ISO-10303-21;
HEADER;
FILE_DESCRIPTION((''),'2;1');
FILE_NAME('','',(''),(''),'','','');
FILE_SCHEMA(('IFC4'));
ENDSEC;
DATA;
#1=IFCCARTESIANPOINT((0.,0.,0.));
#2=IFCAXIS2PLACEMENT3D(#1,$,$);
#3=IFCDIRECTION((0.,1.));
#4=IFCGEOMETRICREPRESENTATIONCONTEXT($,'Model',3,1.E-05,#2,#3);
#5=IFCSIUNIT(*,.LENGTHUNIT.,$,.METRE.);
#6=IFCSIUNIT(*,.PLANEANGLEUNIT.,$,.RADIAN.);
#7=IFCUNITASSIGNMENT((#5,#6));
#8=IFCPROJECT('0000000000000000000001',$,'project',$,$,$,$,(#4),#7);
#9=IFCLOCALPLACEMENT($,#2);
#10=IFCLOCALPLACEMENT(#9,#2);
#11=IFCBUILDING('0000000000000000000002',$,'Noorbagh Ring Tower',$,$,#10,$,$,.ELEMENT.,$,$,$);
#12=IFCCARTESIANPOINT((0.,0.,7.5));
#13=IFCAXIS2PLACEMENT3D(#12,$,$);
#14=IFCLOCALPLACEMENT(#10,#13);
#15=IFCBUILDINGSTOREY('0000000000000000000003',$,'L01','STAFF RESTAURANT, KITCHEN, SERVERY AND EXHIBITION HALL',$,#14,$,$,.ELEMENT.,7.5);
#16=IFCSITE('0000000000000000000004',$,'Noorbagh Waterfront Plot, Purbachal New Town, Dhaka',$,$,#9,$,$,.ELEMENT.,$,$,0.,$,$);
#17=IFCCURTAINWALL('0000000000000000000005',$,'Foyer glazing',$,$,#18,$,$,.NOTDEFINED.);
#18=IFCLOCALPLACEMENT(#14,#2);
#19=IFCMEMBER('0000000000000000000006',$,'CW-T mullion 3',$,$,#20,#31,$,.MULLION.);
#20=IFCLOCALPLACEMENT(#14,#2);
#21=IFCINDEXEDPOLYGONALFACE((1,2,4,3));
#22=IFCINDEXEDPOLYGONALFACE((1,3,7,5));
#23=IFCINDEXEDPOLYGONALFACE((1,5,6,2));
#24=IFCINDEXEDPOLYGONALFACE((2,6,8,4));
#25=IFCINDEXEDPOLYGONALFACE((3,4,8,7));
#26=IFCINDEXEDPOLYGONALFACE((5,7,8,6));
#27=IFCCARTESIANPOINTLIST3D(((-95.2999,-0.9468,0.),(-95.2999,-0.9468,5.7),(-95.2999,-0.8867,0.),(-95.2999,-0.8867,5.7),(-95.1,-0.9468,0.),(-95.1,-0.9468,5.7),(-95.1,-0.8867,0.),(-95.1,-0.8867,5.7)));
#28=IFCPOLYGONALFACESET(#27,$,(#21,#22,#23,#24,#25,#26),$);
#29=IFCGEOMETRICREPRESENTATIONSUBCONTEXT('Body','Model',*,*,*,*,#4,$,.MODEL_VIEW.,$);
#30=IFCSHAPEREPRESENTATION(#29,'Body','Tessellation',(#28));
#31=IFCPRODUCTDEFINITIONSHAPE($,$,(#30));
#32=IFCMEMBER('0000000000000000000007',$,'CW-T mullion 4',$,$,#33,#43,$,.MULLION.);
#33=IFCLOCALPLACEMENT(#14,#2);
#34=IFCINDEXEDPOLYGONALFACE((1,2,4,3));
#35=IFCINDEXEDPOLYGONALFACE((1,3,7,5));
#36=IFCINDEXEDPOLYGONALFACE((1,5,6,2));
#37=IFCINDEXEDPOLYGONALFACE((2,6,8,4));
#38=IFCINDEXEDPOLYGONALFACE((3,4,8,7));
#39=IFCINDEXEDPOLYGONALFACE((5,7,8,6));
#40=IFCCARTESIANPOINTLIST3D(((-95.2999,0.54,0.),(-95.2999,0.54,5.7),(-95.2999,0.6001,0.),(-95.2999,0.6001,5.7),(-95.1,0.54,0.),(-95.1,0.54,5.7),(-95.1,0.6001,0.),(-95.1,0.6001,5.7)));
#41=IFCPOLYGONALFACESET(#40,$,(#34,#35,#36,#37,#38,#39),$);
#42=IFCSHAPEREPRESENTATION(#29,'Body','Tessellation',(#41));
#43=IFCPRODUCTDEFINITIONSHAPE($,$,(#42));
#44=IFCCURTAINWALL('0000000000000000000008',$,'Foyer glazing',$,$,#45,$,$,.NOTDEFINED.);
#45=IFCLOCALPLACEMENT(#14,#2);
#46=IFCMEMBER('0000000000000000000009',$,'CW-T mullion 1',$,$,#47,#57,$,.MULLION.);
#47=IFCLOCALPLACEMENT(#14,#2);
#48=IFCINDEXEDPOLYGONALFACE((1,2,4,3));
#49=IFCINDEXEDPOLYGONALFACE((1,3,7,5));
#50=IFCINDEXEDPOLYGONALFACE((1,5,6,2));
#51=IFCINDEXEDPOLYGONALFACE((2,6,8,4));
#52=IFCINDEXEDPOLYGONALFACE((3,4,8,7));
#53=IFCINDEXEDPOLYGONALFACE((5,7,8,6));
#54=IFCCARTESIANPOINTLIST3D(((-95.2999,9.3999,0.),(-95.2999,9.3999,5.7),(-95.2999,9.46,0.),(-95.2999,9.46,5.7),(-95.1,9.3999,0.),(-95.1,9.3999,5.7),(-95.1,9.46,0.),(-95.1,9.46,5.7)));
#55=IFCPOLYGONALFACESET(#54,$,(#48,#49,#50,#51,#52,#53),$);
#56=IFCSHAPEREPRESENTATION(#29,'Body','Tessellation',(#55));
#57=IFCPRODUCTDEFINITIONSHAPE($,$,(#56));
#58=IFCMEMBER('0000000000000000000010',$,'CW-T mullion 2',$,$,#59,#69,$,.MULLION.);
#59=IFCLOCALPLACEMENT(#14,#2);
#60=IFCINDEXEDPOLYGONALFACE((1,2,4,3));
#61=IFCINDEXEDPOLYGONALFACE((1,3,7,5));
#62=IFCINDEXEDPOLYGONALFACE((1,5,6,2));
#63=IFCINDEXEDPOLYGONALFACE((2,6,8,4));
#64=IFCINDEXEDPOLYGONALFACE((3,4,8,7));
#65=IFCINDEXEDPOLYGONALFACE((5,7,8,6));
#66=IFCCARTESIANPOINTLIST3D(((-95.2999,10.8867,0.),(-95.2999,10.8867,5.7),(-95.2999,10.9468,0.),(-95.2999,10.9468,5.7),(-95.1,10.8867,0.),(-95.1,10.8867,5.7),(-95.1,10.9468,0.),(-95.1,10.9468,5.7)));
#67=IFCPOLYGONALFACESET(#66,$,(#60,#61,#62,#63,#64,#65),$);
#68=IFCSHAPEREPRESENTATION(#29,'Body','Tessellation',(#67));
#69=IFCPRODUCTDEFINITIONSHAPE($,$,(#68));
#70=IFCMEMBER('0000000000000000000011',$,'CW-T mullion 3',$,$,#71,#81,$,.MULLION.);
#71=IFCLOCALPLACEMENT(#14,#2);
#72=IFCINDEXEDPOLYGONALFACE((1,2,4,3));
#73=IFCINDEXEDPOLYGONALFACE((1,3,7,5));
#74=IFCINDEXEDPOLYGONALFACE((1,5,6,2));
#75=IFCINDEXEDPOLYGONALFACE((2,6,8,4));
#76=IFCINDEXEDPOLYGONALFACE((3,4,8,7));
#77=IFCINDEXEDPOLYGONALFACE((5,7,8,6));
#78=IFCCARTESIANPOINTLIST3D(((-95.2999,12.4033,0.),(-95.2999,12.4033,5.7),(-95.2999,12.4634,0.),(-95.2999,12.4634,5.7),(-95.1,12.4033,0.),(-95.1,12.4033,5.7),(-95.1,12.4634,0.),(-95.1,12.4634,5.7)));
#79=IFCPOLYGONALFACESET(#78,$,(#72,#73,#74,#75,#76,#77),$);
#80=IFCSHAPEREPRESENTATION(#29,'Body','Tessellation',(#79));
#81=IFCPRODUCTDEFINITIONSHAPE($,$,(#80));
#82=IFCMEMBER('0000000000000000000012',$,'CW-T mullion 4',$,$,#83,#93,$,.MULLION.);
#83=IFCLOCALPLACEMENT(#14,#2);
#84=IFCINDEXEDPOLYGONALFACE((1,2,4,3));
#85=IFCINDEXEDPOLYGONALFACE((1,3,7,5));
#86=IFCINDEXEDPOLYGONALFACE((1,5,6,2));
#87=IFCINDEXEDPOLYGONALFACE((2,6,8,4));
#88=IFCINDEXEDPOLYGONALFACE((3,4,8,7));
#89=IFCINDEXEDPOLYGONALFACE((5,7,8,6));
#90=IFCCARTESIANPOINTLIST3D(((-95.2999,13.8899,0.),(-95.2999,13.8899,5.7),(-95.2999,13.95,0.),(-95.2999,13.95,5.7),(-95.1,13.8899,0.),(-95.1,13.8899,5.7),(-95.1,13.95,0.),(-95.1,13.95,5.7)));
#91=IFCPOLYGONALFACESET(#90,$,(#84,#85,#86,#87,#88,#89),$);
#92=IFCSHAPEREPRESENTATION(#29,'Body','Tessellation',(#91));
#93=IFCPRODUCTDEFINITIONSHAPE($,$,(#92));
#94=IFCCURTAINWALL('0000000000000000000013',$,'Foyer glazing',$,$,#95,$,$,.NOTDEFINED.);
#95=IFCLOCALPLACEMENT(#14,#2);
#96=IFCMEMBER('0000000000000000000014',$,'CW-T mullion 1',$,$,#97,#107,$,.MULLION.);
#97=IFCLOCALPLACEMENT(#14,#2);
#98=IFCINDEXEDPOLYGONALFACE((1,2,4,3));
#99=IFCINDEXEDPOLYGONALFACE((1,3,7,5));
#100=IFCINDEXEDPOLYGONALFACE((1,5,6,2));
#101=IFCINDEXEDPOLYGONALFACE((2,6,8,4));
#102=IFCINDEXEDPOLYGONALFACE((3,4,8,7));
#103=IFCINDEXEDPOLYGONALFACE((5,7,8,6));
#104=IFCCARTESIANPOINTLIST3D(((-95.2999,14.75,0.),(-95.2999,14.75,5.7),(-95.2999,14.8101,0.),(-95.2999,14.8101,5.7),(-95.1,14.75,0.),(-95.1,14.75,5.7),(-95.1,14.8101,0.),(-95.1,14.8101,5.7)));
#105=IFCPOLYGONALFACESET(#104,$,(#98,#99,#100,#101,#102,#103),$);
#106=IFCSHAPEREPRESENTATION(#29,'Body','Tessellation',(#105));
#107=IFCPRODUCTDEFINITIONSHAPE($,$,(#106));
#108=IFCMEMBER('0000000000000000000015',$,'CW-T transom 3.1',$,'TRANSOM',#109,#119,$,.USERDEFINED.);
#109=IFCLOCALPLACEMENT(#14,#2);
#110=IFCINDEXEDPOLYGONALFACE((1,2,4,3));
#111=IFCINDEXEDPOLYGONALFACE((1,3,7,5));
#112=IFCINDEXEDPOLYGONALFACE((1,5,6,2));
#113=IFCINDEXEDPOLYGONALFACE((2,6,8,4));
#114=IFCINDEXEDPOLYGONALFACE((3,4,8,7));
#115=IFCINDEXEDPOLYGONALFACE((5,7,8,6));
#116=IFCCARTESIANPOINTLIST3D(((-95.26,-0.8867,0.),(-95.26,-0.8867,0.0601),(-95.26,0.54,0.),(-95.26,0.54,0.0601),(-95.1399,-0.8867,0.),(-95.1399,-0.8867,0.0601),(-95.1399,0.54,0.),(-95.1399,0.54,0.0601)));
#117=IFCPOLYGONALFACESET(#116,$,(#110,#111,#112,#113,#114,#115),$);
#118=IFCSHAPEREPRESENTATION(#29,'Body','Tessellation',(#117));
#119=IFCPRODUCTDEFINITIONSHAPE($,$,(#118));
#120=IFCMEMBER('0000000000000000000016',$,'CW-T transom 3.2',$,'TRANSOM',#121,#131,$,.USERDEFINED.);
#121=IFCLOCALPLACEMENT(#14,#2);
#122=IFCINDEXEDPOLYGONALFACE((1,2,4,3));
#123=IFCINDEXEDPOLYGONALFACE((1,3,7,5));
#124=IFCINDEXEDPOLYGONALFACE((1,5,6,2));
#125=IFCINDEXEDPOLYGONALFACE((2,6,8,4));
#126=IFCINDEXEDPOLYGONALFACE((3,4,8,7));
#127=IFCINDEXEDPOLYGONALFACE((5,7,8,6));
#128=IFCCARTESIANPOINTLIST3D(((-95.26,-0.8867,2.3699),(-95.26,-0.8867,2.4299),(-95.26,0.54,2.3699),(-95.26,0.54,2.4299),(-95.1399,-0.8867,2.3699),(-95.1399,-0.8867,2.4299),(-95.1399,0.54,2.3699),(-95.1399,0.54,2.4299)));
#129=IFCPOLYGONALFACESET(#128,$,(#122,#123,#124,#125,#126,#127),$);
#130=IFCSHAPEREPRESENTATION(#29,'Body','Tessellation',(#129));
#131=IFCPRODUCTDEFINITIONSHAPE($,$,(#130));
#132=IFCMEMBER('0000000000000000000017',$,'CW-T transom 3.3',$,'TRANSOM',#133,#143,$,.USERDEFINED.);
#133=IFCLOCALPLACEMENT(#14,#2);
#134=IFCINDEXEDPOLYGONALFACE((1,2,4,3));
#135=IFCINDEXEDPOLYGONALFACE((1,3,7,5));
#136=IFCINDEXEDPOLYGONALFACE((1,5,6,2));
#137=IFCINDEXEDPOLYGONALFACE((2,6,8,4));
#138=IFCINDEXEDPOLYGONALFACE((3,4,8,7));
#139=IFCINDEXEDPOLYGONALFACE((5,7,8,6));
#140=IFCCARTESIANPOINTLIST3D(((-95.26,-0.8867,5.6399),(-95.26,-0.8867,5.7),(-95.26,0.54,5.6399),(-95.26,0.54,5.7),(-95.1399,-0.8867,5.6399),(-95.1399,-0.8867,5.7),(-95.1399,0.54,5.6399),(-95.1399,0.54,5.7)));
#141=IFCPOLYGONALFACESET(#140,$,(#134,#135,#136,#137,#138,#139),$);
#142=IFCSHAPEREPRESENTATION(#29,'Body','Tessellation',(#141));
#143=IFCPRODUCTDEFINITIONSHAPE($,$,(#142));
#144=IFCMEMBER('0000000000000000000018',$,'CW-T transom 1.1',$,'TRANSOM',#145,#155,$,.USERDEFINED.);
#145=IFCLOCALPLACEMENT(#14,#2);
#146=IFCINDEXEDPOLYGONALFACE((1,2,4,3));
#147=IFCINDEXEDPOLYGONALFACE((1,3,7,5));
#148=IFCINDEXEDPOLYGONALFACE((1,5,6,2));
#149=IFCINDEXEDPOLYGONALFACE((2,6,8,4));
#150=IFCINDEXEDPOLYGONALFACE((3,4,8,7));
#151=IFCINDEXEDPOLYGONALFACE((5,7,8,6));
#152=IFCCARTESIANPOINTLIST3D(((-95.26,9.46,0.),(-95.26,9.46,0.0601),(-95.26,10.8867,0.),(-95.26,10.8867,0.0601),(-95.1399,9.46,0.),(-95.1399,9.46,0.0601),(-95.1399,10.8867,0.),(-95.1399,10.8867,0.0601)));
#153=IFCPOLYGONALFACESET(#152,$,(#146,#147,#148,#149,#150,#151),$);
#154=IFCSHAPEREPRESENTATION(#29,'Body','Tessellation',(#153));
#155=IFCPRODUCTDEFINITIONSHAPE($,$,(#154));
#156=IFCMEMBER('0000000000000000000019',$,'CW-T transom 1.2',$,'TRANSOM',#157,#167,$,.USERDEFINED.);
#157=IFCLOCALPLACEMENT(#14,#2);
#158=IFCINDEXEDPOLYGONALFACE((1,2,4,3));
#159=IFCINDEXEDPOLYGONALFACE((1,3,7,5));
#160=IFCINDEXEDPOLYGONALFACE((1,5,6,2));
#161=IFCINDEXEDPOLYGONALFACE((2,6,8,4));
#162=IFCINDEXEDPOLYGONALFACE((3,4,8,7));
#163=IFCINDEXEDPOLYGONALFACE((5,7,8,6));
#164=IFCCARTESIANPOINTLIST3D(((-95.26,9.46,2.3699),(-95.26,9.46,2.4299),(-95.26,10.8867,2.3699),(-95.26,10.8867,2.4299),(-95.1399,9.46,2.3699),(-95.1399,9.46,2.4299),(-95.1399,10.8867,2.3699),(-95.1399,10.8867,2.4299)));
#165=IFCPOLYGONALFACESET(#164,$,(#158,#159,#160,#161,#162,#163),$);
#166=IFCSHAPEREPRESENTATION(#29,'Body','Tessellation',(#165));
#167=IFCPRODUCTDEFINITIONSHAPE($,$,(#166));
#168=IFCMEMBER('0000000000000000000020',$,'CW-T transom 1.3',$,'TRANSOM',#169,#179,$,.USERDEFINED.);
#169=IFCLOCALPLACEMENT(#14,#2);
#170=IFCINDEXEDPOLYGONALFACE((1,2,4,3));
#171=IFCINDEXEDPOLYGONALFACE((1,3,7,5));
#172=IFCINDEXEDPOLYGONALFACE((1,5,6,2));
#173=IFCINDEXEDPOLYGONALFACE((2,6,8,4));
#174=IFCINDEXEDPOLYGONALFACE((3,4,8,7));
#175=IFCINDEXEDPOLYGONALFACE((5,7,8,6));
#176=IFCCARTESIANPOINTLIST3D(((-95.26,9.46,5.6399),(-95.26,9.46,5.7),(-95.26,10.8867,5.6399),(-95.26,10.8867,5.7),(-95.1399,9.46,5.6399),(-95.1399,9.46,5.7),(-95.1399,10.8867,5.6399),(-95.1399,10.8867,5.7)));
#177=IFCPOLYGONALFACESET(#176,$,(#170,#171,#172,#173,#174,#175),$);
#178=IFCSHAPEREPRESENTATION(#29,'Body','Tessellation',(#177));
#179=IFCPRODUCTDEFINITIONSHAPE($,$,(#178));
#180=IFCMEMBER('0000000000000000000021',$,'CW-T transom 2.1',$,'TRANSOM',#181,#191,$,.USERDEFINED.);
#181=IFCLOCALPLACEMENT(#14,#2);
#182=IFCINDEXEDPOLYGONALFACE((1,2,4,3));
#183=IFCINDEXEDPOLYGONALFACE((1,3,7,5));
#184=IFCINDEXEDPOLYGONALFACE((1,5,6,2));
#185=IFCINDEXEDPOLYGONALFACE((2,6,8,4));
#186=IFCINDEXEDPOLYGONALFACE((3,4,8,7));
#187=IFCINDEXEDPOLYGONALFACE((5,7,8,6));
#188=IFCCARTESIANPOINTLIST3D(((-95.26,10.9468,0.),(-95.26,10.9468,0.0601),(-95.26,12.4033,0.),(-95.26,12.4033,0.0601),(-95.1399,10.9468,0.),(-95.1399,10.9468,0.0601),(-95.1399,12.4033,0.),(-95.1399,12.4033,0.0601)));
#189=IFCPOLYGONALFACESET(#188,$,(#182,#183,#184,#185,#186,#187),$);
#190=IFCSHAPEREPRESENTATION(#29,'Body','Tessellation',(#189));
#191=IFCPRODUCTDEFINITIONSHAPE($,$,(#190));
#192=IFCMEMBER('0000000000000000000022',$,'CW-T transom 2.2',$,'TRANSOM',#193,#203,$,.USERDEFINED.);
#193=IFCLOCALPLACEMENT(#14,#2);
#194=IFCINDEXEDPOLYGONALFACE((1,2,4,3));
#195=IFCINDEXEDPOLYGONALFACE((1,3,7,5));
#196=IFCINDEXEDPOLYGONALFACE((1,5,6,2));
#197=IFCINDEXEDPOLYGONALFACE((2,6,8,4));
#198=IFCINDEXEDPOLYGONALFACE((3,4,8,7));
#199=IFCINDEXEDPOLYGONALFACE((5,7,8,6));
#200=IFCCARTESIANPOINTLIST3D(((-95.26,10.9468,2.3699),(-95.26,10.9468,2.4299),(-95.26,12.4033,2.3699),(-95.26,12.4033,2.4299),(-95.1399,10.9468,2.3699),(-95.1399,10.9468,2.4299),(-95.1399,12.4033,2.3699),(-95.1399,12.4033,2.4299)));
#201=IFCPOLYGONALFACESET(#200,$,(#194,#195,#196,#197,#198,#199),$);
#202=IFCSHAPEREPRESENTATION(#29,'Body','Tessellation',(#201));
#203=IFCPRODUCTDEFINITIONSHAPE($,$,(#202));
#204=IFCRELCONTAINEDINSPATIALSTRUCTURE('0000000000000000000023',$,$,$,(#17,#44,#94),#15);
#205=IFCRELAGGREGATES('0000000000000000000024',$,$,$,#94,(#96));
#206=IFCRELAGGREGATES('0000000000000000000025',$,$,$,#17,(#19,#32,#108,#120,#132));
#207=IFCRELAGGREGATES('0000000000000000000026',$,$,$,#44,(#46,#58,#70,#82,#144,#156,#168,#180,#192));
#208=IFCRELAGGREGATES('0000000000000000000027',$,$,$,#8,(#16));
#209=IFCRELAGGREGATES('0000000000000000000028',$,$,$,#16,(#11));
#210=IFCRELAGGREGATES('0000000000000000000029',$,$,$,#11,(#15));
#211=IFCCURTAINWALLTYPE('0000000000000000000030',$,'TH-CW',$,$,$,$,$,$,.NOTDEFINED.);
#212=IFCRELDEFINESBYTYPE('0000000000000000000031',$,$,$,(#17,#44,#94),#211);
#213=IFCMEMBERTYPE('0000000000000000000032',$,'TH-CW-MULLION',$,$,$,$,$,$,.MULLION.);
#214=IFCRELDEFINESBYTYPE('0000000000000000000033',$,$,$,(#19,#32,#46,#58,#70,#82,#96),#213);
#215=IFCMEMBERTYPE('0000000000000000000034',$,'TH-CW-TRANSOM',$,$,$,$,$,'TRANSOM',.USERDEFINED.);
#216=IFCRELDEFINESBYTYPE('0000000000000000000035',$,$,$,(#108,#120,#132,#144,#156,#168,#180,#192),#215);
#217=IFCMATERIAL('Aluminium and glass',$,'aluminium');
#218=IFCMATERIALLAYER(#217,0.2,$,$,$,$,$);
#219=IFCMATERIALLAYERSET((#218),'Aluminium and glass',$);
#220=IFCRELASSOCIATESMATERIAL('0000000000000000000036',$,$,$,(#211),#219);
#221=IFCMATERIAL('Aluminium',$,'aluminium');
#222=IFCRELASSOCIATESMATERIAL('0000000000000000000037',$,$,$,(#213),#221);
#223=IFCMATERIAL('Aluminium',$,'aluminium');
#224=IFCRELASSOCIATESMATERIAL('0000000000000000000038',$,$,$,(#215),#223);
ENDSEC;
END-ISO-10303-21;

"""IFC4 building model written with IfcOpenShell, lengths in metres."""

from ifc_helpers import new_model, si_unit, direction, frame, origin, origin_2d, place, context, subcontext, project, spatial, rectangle, extrude, material, layer, layer_set, material_profile, profile_set, type_object, element, aggregate, save


model = new_model("IFC4")

# Units and contexts
model_context = context("Model", 3, precision=1e-05, world=origin(), true_north=direction((0.0, 1.0)))
body_context = subcontext(model_context, "Body", "Model", "MODEL_VIEW")
ifc_project = project(units=[si_unit("LENGTHUNIT", "METRE"), si_unit("PLANEANGLEUNIT", "RADIAN")], contexts=[model_context])

# Site, building, storey
site_placement = place(None, origin())
site = spatial("IfcSite", under=ifc_project, at=site_placement, Name="Noorbagh Waterfront Plot, Purbachal New Town, Dhaka", CompositionType="ELEMENT", RefElevation=0.0)
building_placement = place(site_placement, origin())
building = spatial("IfcBuilding", under=site, at=building_placement, Name="Noorbagh Ring Tower", CompositionType="ELEMENT")
storey_placement = place(building_placement, frame((0.0, 0.0, 7.5)))
storey = spatial("IfcBuildingStorey", under=building, at=storey_placement, Name="L01", Description="STAFF RESTAURANT, KITCHEN, SERVERY AND EXHIBITION HALL", CompositionType="ELEMENT", Elevation=7.5)

# Curtain walls, members
ifc_material_1 = material(Name="Aluminium and glass", Category="aluminium")
ifc_layer_1 = layer(ifc_material_1, 0.2)
ifc_layer_set_1 = layer_set([ifc_layer_1], Name="Aluminium and glass")
curtain_wall_type = type_object("IfcCurtainWallType", Name="TH-CW", PredefinedType="NOTDEFINED", material=ifc_layer_set_1)
curtain_wall_1_placement = place(storey_placement, origin())
curtain_wall_1 = element("IfcCurtainWall", 1, at=curtain_wall_1_placement, inside=storey, type_object=curtain_wall_type, Name="Foyer glazing", PredefinedType="NOTDEFINED")
ifc_material_2 = material(Name="Aluminium", Category="aluminium")
ifc_material_profile_1 = material_profile(ifc_material_2, rectangle(XDim=0.2, YDim=0.0601, at=origin_2d()), Name="AL 200x60")
ifc_profile_set_1 = profile_set([ifc_material_profile_1], Name="Aluminium")
member_type_1 = type_object("IfcMemberType", Name="TH-CW-MULLION", PredefinedType="MULLION", material=ifc_profile_set_1)
member_1_placement = place(storey_placement, frame((-95.2, -0.9167, 0.0), z_axis=(0.0, 0.0, 1.0), x_axis=(-1.0, 0.0, 0.0)))
member_1 = element("IfcMember", 2, at=member_1_placement, type_object=member_type_1, Name="CW-T mullion 3", PredefinedType="MULLION", context=body_context, shape_type="SweptSolid", body=[
    extrude(rectangle(XDim=0.2, YDim=0.0601, at=origin_2d()), origin(), (0.0, 0.0, 1.0), 5.7),
])
member_2_placement = place(storey_placement, frame((-95.2, 0.5701, 0.0), z_axis=(0.0, 0.0, 1.0), x_axis=(-1.0, 0.0, 0.0)))
member_2 = element("IfcMember", 3, at=member_2_placement, type_object=member_type_1, Name="CW-T mullion 4", PredefinedType="MULLION", context=body_context, shape_type="SweptSolid", body=[
    extrude(rectangle(XDim=0.2, YDim=0.0601, at=origin_2d()), origin(), (0.0, 0.0, 1.0), 5.7),
])
curtain_wall_2_placement = place(storey_placement, origin())
curtain_wall_2 = element("IfcCurtainWall", 4, at=curtain_wall_2_placement, inside=storey, type_object=curtain_wall_type, Name="Foyer glazing", PredefinedType="NOTDEFINED")
member_3_placement = place(storey_placement, frame((-95.2, 9.4299, 0.0), z_axis=(0.0, 0.0, 1.0), x_axis=(-1.0, 0.0, 0.0)))
member_3 = element("IfcMember", 5, at=member_3_placement, type_object=member_type_1, Name="CW-T mullion 1", PredefinedType="MULLION", context=body_context, shape_type="SweptSolid", body=[
    extrude(rectangle(XDim=0.2, YDim=0.0601, at=origin_2d()), origin(), (0.0, 0.0, 1.0), 5.7),
])
member_4_placement = place(storey_placement, frame((-95.2, 10.9167, 0.0), z_axis=(0.0, 0.0, 1.0), x_axis=(-1.0, 0.0, 0.0)))
member_4 = element("IfcMember", 6, at=member_4_placement, type_object=member_type_1, Name="CW-T mullion 2", PredefinedType="MULLION", context=body_context, shape_type="SweptSolid", body=[
    extrude(rectangle(XDim=0.2, YDim=0.0601, at=origin_2d()), origin(), (0.0, 0.0, 1.0), 5.7),
])
member_5_placement = place(storey_placement, frame((-95.2, 12.4333, 0.0), z_axis=(0.0, 0.0, 1.0), x_axis=(-1.0, 0.0, 0.0)))
member_5 = element("IfcMember", 7, at=member_5_placement, type_object=member_type_1, Name="CW-T mullion 3", PredefinedType="MULLION", context=body_context, shape_type="SweptSolid", body=[
    extrude(rectangle(XDim=0.2, YDim=0.0601, at=origin_2d()), origin(), (0.0, 0.0, 1.0), 5.7),
])
member_6_placement = place(storey_placement, frame((-95.2, 13.9199, 0.0), z_axis=(0.0, 0.0, 1.0), x_axis=(-1.0, 0.0, 0.0)))
member_6 = element("IfcMember", 8, at=member_6_placement, type_object=member_type_1, Name="CW-T mullion 4", PredefinedType="MULLION", context=body_context, shape_type="SweptSolid", body=[
    extrude(rectangle(XDim=0.2, YDim=0.0601, at=origin_2d()), origin(), (0.0, 0.0, 1.0), 5.7),
])

# Curtain wall, member
curtain_wall_3_placement = place(storey_placement, origin())
curtain_wall_3 = element("IfcCurtainWall", 9, at=curtain_wall_3_placement, inside=storey, type_object=curtain_wall_type, Name="Foyer glazing", PredefinedType="NOTDEFINED")
member_7_placement = place(storey_placement, frame((-95.2, 14.78, 0.0), z_axis=(0.0, 0.0, 1.0), x_axis=(-1.0, 0.0, 0.0)))
member_7 = element("IfcMember", 10, at=member_7_placement, type_object=member_type_1, Name="CW-T mullion 1", PredefinedType="MULLION", context=body_context, shape_type="SweptSolid", body=[
    extrude(rectangle(XDim=0.2, YDim=0.0601, at=origin_2d()), origin(), (0.0, 0.0, 1.0), 5.7),
])
aggregate(curtain_wall_3, [member_7])

# Members
ifc_material_3 = material(Name="Aluminium", Category="aluminium")
ifc_material_profile_2 = material_profile(ifc_material_3, rectangle(XDim=0.1201, YDim=0.0601, at=origin_2d()), Name="AL 120x60")
ifc_profile_set_2 = profile_set([ifc_material_profile_2], Name="Aluminium")
member_type_2 = type_object("IfcMemberType", Name="TH-CW-TRANSOM", ElementType="TRANSOM", PredefinedType="USERDEFINED", material=ifc_profile_set_2)
member_8_placement = place(storey_placement, frame((-95.2, -0.8867, 0.03), z_axis=(0.0, 1.0, 0.0), x_axis=(-1.0, 0.0, 0.0)))
member_8 = element("IfcMember", 11, at=member_8_placement, type_object=member_type_2, Name="CW-T transom 3.1", ObjectType="TRANSOM", PredefinedType="USERDEFINED", context=body_context, shape_type="SweptSolid", body=[
    extrude(rectangle(XDim=0.1201, YDim=0.0601, at=origin_2d()), origin(), (0.0, 0.0, 1.0), 1.4268),
])
member_9_placement = place(storey_placement, frame((-95.2, -0.8867, 2.3999), z_axis=(0.0, 1.0, 0.0), x_axis=(-1.0, 0.0, 0.0)))
member_9 = element("IfcMember", 12, at=member_9_placement, type_object=member_type_2, Name="CW-T transom 3.2", ObjectType="TRANSOM", PredefinedType="USERDEFINED", context=body_context, shape_type="SweptSolid", body=[
    extrude(rectangle(XDim=0.1201, YDim=0.0601, at=origin_2d()), origin(), (0.0, 0.0, 1.0), 1.4268),
])
member_10_placement = place(storey_placement, frame((-95.2, -0.8867, 5.6699), z_axis=(0.0, 1.0, 0.0), x_axis=(-1.0, 0.0, 0.0)))
member_10 = element("IfcMember", 13, at=member_10_placement, type_object=member_type_2, Name="CW-T transom 3.3", ObjectType="TRANSOM", PredefinedType="USERDEFINED", context=body_context, shape_type="SweptSolid", body=[
    extrude(rectangle(XDim=0.1201, YDim=0.0601, at=origin_2d()), origin(), (0.0, 0.0, 1.0), 1.4268),
])
member_11_placement = place(storey_placement, frame((-95.2, 9.46, 0.03), z_axis=(0.0, 1.0, 0.0), x_axis=(-1.0, 0.0, 0.0)))
member_11 = element("IfcMember", 14, at=member_11_placement, type_object=member_type_2, Name="CW-T transom 1.1", ObjectType="TRANSOM", PredefinedType="USERDEFINED", context=body_context, shape_type="SweptSolid", body=[
    extrude(rectangle(XDim=0.1201, YDim=0.0601, at=origin_2d()), origin(), (0.0, 0.0, 1.0), 1.4268),
])
member_12_placement = place(storey_placement, frame((-95.2, 9.46, 2.3999), z_axis=(0.0, 1.0, 0.0), x_axis=(-1.0, 0.0, 0.0)))
member_12 = element("IfcMember", 15, at=member_12_placement, type_object=member_type_2, Name="CW-T transom 1.2", ObjectType="TRANSOM", PredefinedType="USERDEFINED", context=body_context, shape_type="SweptSolid", body=[
    extrude(rectangle(XDim=0.1201, YDim=0.0601, at=origin_2d()), origin(), (0.0, 0.0, 1.0), 1.4268),
])
member_13_placement = place(storey_placement, frame((-95.2, 9.46, 5.6699), z_axis=(0.0, 1.0, 0.0), x_axis=(-1.0, 0.0, 0.0)))
member_13 = element("IfcMember", 16, at=member_13_placement, type_object=member_type_2, Name="CW-T transom 1.3", ObjectType="TRANSOM", PredefinedType="USERDEFINED", context=body_context, shape_type="SweptSolid", body=[
    extrude(rectangle(XDim=0.1201, YDim=0.0601, at=origin_2d()), origin(), (0.0, 0.0, 1.0), 1.4268),
])
member_14_placement = place(storey_placement, frame((-95.2, 10.9468, 0.03), z_axis=(0.0, 1.0, 0.0), x_axis=(-1.0, 0.0, 0.0)))
member_14 = element("IfcMember", 17, at=member_14_placement, type_object=member_type_2, Name="CW-T transom 2.1", ObjectType="TRANSOM", PredefinedType="USERDEFINED", context=body_context, shape_type="SweptSolid", body=[
    extrude(rectangle(XDim=0.1201, YDim=0.0601, at=origin_2d()), origin(), (0.0, 0.0, 1.0), 1.4565),
])
member_15_placement = place(storey_placement, frame((-95.2, 10.9468, 2.3999), z_axis=(0.0, 1.0, 0.0), x_axis=(-1.0, 0.0, 0.0)))
member_15 = element("IfcMember", 18, at=member_15_placement, type_object=member_type_2, Name="CW-T transom 2.2", ObjectType="TRANSOM", PredefinedType="USERDEFINED", context=body_context, shape_type="SweptSolid", body=[
    extrude(rectangle(XDim=0.1201, YDim=0.0601, at=origin_2d()), origin(), (0.0, 0.0, 1.0), 1.4565),
])

aggregate(curtain_wall_1, [member_1, member_2, member_8, member_9, member_10])
aggregate(curtain_wall_2, [member_3, member_4, member_5, member_6, member_11, member_12, member_13, member_14, member_15])

save(model, "model.ifc")
